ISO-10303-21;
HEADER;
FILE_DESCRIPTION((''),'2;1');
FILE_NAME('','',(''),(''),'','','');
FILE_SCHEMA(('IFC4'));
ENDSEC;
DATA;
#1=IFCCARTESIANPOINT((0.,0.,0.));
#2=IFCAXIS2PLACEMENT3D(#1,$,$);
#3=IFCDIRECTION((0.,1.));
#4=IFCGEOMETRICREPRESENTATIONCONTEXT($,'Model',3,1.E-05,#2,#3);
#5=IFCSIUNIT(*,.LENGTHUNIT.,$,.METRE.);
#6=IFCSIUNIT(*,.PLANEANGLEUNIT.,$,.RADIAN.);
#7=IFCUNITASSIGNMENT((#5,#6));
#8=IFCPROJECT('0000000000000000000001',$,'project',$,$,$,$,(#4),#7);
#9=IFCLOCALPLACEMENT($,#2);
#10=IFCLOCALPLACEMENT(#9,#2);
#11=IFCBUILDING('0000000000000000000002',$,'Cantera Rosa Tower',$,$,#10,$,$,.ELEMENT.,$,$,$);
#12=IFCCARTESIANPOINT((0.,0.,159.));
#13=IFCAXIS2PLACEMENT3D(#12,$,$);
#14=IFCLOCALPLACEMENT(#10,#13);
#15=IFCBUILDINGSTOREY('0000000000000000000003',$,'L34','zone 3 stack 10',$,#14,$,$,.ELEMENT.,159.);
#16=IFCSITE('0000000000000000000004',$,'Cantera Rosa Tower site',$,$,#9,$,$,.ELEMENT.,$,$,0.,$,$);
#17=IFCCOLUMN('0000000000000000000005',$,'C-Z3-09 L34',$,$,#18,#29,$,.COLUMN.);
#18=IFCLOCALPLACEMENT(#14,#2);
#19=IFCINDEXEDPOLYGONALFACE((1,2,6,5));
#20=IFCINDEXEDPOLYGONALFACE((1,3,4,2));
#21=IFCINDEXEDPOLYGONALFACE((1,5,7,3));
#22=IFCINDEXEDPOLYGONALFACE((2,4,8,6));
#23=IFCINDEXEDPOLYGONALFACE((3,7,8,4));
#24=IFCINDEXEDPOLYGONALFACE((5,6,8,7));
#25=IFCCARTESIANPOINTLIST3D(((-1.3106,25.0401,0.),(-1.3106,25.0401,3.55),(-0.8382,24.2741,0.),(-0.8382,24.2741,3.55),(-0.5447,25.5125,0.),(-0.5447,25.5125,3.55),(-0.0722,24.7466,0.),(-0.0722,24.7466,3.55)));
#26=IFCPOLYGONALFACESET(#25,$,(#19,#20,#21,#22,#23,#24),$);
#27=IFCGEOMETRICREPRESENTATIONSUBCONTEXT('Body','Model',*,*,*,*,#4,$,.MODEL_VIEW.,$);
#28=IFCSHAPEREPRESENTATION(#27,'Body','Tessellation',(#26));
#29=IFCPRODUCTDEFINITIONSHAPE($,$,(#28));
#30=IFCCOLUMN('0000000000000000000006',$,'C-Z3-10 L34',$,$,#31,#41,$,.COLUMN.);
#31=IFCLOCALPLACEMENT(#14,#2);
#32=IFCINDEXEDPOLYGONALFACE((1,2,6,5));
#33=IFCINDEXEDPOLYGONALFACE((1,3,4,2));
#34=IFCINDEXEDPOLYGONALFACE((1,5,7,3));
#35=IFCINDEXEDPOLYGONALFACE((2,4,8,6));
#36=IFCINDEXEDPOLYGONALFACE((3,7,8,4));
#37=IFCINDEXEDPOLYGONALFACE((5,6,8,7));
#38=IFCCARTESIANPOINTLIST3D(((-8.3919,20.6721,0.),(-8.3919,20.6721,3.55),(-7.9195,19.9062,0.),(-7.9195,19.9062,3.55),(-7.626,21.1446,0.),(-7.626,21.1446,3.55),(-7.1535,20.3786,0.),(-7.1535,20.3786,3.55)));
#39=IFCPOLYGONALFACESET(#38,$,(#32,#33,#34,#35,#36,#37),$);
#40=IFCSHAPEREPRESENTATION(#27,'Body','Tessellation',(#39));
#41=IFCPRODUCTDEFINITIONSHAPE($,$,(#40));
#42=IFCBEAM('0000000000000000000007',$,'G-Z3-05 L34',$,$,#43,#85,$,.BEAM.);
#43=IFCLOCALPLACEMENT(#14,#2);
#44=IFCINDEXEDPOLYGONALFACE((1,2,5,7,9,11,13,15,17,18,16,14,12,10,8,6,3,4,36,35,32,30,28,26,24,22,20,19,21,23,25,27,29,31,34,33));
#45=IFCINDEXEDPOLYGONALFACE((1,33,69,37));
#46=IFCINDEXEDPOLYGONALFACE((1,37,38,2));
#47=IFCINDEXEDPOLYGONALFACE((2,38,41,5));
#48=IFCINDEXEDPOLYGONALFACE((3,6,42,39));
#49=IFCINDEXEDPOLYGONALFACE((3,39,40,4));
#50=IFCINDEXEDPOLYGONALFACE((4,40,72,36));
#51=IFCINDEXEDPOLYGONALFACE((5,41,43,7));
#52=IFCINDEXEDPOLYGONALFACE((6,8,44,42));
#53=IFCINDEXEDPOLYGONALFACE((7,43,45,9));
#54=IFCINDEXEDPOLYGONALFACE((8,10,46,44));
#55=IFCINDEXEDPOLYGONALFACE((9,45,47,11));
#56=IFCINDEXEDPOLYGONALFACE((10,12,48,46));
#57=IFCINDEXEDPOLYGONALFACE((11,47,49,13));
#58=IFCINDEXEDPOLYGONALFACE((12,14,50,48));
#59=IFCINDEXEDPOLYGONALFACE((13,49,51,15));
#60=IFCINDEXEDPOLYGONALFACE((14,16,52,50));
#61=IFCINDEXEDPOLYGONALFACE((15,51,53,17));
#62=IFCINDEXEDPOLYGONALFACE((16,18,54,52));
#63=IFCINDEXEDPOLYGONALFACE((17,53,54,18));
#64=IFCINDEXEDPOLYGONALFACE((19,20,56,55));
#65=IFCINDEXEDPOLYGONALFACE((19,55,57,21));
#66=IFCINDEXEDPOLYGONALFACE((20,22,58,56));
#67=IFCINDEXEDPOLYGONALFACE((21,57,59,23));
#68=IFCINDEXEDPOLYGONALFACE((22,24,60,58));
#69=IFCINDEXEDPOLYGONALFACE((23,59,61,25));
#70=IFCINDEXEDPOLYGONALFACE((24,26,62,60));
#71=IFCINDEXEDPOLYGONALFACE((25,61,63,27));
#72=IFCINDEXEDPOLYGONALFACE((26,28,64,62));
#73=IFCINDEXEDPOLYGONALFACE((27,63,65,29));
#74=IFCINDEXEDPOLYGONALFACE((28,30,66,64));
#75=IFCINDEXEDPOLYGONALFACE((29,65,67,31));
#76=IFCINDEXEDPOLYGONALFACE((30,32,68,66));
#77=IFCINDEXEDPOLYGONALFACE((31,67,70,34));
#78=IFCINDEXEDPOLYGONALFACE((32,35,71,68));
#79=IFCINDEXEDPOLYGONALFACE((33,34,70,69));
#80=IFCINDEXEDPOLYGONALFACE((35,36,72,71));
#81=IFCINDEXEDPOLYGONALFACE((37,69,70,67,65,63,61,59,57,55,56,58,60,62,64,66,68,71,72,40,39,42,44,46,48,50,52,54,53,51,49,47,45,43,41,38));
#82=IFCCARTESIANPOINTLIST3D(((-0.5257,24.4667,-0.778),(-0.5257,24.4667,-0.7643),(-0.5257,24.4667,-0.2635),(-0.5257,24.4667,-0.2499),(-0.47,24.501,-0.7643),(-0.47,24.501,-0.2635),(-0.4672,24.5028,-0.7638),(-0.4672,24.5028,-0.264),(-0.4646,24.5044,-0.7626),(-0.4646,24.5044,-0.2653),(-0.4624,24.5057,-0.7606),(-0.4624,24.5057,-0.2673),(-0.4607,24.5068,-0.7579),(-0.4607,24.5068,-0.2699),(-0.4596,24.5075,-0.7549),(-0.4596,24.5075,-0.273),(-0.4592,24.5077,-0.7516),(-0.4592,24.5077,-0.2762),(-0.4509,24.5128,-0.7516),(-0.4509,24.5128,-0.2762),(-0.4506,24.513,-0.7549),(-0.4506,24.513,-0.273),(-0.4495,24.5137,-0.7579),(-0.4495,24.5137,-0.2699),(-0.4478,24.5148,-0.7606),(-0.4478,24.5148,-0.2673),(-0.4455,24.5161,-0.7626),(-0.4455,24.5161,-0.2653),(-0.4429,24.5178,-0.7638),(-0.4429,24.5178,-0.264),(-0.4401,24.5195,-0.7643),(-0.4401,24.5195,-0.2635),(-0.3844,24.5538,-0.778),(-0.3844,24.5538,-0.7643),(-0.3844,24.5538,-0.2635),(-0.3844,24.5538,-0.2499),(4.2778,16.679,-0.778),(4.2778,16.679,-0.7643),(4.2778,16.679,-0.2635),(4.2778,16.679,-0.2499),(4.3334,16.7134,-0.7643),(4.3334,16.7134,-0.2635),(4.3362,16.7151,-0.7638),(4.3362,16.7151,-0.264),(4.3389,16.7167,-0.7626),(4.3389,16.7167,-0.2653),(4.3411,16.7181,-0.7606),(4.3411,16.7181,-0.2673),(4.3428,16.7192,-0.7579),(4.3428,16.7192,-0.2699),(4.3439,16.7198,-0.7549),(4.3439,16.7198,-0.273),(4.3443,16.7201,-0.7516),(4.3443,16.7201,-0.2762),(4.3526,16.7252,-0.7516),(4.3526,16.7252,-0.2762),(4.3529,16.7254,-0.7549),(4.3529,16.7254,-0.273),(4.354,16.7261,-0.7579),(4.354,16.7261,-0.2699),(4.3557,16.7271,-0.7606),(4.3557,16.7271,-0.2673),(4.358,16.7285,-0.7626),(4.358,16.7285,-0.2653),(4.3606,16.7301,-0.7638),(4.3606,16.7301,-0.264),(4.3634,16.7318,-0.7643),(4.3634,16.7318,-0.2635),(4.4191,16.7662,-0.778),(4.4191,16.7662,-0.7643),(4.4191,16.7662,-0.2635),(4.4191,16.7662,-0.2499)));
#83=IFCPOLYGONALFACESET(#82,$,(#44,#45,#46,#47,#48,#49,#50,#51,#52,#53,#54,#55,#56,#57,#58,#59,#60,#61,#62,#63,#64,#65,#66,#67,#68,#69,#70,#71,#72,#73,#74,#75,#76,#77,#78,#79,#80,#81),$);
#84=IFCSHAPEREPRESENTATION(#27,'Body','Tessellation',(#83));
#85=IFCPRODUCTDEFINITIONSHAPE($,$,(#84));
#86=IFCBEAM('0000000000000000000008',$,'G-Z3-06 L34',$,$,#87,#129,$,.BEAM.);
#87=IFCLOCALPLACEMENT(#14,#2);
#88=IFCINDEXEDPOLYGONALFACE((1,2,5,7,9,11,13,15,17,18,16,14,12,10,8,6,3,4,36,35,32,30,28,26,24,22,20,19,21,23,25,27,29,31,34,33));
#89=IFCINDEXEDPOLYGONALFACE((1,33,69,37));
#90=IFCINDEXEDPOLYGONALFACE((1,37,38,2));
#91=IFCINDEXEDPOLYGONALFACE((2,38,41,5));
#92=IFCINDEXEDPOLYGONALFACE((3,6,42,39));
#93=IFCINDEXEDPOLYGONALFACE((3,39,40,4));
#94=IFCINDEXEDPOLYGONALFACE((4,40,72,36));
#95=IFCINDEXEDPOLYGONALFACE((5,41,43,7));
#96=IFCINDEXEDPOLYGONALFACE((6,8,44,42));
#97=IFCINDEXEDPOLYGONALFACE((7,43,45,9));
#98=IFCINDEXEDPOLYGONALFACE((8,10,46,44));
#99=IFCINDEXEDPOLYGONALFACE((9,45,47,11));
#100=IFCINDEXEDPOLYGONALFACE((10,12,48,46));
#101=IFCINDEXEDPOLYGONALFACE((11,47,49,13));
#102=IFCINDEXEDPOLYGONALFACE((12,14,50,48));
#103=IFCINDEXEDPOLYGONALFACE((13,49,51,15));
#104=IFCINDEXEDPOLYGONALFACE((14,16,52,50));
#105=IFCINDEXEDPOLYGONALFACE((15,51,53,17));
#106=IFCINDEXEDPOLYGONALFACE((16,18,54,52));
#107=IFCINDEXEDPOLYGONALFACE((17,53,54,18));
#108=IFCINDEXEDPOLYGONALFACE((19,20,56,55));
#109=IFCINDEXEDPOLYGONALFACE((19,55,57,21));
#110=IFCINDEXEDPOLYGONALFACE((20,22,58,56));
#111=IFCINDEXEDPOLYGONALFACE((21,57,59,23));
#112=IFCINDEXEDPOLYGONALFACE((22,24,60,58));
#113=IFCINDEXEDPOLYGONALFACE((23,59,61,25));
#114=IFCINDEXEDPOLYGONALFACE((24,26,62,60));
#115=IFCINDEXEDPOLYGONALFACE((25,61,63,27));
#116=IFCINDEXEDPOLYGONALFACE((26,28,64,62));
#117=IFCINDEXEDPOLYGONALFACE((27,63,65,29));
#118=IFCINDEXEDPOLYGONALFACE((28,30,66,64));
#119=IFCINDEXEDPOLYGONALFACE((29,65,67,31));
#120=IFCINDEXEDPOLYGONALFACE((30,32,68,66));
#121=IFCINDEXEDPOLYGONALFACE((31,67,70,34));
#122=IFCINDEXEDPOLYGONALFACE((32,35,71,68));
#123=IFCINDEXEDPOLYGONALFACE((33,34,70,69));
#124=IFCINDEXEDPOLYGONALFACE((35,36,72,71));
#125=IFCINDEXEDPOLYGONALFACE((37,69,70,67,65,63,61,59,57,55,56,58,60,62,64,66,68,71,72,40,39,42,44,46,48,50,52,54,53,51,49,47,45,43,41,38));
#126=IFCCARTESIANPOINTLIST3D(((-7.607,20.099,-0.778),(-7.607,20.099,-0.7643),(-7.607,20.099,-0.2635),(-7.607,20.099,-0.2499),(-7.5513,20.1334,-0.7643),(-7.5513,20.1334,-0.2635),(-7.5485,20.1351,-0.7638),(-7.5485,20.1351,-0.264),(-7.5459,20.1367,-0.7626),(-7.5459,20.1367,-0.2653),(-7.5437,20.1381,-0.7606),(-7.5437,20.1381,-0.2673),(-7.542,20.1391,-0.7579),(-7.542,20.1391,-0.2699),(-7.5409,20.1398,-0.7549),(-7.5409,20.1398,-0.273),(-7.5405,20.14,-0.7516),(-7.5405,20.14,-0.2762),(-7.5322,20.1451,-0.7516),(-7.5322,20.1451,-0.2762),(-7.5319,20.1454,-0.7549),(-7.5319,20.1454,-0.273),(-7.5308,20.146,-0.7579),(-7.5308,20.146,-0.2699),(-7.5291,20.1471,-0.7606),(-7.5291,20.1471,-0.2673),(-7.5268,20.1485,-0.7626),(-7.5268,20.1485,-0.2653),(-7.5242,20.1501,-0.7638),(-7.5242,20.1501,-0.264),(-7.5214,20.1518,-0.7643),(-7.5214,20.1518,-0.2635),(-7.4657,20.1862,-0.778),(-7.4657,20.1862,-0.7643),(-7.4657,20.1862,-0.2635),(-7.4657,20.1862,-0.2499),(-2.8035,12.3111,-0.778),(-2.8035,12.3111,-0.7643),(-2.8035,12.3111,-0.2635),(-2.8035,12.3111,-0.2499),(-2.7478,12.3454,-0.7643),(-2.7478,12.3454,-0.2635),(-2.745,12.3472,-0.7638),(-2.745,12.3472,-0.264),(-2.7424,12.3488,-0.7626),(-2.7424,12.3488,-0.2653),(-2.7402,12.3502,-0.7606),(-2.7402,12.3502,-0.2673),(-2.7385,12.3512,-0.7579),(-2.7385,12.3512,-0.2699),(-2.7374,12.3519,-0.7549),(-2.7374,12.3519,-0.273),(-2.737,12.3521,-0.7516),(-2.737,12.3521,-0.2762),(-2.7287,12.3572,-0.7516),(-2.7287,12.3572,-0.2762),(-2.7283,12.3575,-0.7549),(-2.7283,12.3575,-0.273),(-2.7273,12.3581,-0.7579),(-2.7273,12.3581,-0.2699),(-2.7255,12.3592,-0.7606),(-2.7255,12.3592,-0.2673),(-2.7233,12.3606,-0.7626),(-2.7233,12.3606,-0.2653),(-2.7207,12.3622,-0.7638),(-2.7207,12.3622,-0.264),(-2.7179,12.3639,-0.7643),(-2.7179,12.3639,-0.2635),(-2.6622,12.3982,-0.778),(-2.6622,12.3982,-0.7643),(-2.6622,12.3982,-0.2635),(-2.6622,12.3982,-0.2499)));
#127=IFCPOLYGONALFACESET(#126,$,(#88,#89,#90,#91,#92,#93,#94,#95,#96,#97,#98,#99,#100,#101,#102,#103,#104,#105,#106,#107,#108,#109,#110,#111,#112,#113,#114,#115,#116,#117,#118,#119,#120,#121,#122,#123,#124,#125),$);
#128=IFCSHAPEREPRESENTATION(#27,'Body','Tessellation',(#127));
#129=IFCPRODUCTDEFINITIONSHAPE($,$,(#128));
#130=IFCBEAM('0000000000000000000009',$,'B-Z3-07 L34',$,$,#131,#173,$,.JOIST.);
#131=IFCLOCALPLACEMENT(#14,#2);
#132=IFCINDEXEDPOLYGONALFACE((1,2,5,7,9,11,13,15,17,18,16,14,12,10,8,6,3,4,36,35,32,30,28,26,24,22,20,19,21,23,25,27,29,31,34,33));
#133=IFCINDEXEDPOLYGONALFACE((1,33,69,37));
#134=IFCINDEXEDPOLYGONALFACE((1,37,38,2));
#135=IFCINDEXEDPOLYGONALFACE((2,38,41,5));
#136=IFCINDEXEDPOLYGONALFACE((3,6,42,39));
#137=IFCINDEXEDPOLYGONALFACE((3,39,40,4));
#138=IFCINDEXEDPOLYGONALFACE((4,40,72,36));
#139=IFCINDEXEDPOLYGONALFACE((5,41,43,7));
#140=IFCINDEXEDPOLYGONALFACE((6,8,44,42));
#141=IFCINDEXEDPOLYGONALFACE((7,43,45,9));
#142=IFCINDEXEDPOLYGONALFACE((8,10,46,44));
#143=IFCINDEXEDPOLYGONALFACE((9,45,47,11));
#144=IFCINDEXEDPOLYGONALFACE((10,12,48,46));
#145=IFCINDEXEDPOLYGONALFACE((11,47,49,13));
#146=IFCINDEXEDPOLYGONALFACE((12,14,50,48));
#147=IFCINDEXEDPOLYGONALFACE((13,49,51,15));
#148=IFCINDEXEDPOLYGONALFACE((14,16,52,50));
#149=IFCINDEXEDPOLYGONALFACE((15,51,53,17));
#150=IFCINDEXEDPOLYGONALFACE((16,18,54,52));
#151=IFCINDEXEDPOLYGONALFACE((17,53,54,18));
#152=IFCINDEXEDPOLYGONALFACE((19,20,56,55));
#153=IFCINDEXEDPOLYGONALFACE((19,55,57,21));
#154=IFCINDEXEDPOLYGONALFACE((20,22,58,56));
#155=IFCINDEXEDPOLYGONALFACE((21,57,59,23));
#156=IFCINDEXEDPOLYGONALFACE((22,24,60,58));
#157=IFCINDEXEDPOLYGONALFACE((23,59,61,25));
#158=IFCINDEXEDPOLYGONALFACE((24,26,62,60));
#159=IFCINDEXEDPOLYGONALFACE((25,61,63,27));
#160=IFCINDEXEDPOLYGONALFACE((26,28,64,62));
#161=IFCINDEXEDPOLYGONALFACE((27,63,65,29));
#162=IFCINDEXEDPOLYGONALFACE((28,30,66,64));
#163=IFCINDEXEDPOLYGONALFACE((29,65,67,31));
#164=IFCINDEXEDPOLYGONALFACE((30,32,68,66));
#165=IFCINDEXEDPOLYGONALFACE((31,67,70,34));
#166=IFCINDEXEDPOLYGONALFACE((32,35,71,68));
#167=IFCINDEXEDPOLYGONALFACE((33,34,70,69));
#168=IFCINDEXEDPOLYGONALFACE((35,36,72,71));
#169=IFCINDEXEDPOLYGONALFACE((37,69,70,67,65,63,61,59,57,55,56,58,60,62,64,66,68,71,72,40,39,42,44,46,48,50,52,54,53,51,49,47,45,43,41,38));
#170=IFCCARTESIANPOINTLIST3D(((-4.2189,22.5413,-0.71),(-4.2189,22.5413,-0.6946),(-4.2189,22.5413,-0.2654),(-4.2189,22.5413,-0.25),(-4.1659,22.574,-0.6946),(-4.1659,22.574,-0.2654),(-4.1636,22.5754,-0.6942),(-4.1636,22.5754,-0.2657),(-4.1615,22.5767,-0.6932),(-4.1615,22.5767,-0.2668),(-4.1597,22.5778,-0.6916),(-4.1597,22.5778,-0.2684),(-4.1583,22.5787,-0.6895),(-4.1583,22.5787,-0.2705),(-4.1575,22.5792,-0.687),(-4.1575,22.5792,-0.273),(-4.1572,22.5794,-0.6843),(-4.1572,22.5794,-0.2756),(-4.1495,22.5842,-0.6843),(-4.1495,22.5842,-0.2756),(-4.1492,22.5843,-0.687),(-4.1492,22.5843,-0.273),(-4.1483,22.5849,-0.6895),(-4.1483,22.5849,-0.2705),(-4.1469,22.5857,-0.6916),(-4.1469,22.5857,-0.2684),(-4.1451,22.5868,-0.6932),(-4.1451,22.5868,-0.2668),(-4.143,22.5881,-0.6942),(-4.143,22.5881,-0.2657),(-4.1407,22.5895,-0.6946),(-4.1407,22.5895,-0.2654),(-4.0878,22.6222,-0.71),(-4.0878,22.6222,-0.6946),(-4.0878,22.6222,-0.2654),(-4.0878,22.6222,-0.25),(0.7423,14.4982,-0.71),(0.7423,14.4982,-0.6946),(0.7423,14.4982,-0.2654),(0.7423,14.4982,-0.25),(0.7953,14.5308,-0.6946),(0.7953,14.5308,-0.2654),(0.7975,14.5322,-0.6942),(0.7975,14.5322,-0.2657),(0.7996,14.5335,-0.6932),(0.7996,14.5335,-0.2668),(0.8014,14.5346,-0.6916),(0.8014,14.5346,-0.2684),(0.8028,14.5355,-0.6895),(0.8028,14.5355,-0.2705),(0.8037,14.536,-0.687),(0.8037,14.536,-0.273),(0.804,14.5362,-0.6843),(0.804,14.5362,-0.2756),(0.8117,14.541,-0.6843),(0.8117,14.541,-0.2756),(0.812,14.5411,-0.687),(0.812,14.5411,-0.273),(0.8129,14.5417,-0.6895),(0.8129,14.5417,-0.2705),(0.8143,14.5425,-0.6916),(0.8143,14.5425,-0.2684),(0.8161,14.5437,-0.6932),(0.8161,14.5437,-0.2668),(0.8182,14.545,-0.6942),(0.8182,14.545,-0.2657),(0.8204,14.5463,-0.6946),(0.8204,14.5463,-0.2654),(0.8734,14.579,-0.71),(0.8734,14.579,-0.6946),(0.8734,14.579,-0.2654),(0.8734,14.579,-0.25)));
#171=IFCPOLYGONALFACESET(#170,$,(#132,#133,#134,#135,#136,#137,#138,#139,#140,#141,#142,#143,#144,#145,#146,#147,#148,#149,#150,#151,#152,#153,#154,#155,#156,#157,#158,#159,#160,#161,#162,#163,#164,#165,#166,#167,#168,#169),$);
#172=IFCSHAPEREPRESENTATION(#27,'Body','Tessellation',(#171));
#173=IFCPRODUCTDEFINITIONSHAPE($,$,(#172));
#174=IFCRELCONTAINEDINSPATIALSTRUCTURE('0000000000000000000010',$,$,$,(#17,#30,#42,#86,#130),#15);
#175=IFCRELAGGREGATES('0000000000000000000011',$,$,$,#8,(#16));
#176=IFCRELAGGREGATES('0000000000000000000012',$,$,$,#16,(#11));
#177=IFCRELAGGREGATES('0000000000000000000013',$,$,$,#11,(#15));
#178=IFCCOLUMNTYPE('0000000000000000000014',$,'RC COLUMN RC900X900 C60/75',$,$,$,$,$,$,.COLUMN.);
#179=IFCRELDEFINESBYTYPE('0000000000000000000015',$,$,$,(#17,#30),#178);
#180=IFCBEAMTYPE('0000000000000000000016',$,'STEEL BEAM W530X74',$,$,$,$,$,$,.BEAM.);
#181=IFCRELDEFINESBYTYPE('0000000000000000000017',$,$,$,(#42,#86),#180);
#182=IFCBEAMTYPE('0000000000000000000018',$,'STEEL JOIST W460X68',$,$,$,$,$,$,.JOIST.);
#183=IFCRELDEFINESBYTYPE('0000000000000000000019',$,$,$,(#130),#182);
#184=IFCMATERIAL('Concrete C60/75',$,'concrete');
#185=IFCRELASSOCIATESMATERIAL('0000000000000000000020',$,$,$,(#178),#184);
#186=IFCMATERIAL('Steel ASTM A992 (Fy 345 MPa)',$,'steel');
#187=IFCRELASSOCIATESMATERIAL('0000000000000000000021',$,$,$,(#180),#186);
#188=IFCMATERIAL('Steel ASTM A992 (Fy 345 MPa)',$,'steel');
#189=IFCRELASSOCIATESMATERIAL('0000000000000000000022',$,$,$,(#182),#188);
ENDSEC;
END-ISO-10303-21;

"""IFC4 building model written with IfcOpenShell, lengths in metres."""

from ifc_helpers import new_model, si_unit, direction, frame, origin, origin_2d, place, context, subcontext, project, spatial, rectangle, i_section, extrude, material, material_profile, profile_set, type_object, element, save


model = new_model("IFC4")

# Units and contexts
model_context = context("Model", 3, precision=1e-05, world=origin(), true_north=direction((0.0, 1.0)))
body_context = subcontext(model_context, "Body", "Model", "MODEL_VIEW")
ifc_project = project(units=[si_unit("LENGTHUNIT", "METRE"), si_unit("PLANEANGLEUNIT", "RADIAN")], contexts=[model_context])

# Site, building, storey
site_placement = place(None, origin())
site = spatial("IfcSite", under=ifc_project, at=site_placement, Name="Cantera Rosa Tower site", CompositionType="ELEMENT", RefElevation=0.0)
building_placement = place(site_placement, origin())
building = spatial("IfcBuilding", under=site, at=building_placement, Name="Cantera Rosa Tower", CompositionType="ELEMENT")
storey_placement = place(building_placement, frame((0.0, 0.0, 159.0)))
storey = spatial("IfcBuildingStorey", under=building, at=storey_placement, Name="L34", Description="zone 3 stack 10", CompositionType="ELEMENT", Elevation=159.0)

# Columns
ifc_material_1 = material(Name="Concrete C60/75", Category="concrete")
ifc_material_profile_1 = material_profile(ifc_material_1, rectangle(XDim=0.8999, YDim=0.8999, at=origin_2d()), Name="RC COLUMN RC900X900 C60/75")
ifc_profile_set_1 = profile_set([ifc_material_profile_1], Name="Concrete C60/75")
column_type = type_object("IfcColumnType", Name="RC COLUMN RC900X900 C60/75", PredefinedType="COLUMN", material=ifc_profile_set_1)
for number, where, z_axis, x_axis, name in (
    (1, (-0.6914, 24.8933, 0.0), (0.0, 0.0, 1.0), (0.851117, 0.524977, 0.0), "C-Z3-09 L34"),
    (2, (-7.7727, 20.5254, 0.0), (0.0, 0.0, 1.0), (0.851117, 0.524977, 0.0), "C-Z3-10 L34"),
):
    element("IfcColumn", number, at=place(storey_placement, frame(where, z_axis=z_axis, x_axis=x_axis)), inside=storey, type_object=column_type, Name=name, PredefinedType="COLUMN", context=body_context, shape_type="SweptSolid", body=[
        extrude(rectangle(XDim=0.8999, YDim=0.8999, at=origin_2d()), origin(), (0.0, 0.0, 1.0), 3.55),
    ])

# Beams
ifc_material_2 = material(Name="Steel ASTM A992 (Fy 345 MPa)", Category="steel")
ifc_material_profile_2 = material_profile(ifc_material_2, i_section(OverallWidth=0.166, OverallDepth=0.5281, WebThickness=0.0098, FlangeThickness=0.0137, FilletRadius=0.0127, at=origin_2d()), Name="W530X74")
ifc_profile_set_2 = profile_set([ifc_material_profile_2], Name="Steel ASTM A992 (Fy 345 MPa)")
beam_type_1 = type_object("IfcBeamType", Name="STEEL BEAM W530X74", PredefinedType="BEAM", material=ifc_profile_set_2)
beam_1_placement = place(storey_placement, frame((-0.4551, 24.5103, -0.5139), z_axis=(0.524977, -0.851116, 0.0), x_axis=(0.851116, 0.524977, 0.0)))
element("IfcBeam", 3, at=beam_1_placement, inside=storey, type_object=beam_type_1, Name="G-Z3-05 L34", PredefinedType="BEAM", context=body_context, shape_type="SweptSolid", body=[
    extrude(i_section(OverallWidth=0.166, OverallDepth=0.5281, WebThickness=0.0098, FlangeThickness=0.0137, FilletRadius=0.0127, at=origin_2d()), origin(), (0.0, 0.0, 1.0), 9.1499),
])
beam_2_placement = place(storey_placement, frame((-7.5364, 20.1426, -0.5139), z_axis=(0.524965, -0.851124, 0.0), x_axis=(0.851124, 0.524965, 0.0)))
element("IfcBeam", 4, at=beam_2_placement, inside=storey, type_object=beam_type_1, Name="G-Z3-06 L34", PredefinedType="BEAM", context=body_context, shape_type="SweptSolid", body=[
    extrude(i_section(OverallWidth=0.166, OverallDepth=0.5281, WebThickness=0.0098, FlangeThickness=0.0137, FilletRadius=0.0127, at=origin_2d()), origin(), (0.0, 0.0, 1.0), 9.1501),
])
ifc_material_3 = material(Name="Steel ASTM A992 (Fy 345 MPa)", Category="steel")
ifc_material_profile_3 = material_profile(ifc_material_3, i_section(OverallWidth=0.1541, OverallDepth=0.46, WebThickness=0.009, FlangeThickness=0.0154, FilletRadius=0.0103, at=origin_2d()), Name="W460X68")
ifc_profile_set_3 = profile_set([ifc_material_profile_3], Name="Steel ASTM A992 (Fy 345 MPa)")
beam_type_2 = type_object("IfcBeamType", Name="STEEL JOIST W460X68", PredefinedType="JOIST", material=ifc_profile_set_3)
beam_3_placement = place(storey_placement, frame((-4.1533, 22.5818, -0.48), z_axis=(0.524981, -0.851114, 0.0), x_axis=(0.851114, 0.524981, 0.0)))
element("IfcBeam", 5, at=beam_3_placement, inside=storey, type_object=beam_type_2, Name="B-Z3-07 L34", PredefinedType="JOIST", context=body_context, shape_type="SweptSolid", body=[
    extrude(i_section(OverallWidth=0.1541, OverallDepth=0.46, WebThickness=0.009, FlangeThickness=0.0154, FilletRadius=0.0103, at=origin_2d()), origin(), (0.0, 0.0, 1.0), 9.4502),
])

save(model, "model.ifc")
